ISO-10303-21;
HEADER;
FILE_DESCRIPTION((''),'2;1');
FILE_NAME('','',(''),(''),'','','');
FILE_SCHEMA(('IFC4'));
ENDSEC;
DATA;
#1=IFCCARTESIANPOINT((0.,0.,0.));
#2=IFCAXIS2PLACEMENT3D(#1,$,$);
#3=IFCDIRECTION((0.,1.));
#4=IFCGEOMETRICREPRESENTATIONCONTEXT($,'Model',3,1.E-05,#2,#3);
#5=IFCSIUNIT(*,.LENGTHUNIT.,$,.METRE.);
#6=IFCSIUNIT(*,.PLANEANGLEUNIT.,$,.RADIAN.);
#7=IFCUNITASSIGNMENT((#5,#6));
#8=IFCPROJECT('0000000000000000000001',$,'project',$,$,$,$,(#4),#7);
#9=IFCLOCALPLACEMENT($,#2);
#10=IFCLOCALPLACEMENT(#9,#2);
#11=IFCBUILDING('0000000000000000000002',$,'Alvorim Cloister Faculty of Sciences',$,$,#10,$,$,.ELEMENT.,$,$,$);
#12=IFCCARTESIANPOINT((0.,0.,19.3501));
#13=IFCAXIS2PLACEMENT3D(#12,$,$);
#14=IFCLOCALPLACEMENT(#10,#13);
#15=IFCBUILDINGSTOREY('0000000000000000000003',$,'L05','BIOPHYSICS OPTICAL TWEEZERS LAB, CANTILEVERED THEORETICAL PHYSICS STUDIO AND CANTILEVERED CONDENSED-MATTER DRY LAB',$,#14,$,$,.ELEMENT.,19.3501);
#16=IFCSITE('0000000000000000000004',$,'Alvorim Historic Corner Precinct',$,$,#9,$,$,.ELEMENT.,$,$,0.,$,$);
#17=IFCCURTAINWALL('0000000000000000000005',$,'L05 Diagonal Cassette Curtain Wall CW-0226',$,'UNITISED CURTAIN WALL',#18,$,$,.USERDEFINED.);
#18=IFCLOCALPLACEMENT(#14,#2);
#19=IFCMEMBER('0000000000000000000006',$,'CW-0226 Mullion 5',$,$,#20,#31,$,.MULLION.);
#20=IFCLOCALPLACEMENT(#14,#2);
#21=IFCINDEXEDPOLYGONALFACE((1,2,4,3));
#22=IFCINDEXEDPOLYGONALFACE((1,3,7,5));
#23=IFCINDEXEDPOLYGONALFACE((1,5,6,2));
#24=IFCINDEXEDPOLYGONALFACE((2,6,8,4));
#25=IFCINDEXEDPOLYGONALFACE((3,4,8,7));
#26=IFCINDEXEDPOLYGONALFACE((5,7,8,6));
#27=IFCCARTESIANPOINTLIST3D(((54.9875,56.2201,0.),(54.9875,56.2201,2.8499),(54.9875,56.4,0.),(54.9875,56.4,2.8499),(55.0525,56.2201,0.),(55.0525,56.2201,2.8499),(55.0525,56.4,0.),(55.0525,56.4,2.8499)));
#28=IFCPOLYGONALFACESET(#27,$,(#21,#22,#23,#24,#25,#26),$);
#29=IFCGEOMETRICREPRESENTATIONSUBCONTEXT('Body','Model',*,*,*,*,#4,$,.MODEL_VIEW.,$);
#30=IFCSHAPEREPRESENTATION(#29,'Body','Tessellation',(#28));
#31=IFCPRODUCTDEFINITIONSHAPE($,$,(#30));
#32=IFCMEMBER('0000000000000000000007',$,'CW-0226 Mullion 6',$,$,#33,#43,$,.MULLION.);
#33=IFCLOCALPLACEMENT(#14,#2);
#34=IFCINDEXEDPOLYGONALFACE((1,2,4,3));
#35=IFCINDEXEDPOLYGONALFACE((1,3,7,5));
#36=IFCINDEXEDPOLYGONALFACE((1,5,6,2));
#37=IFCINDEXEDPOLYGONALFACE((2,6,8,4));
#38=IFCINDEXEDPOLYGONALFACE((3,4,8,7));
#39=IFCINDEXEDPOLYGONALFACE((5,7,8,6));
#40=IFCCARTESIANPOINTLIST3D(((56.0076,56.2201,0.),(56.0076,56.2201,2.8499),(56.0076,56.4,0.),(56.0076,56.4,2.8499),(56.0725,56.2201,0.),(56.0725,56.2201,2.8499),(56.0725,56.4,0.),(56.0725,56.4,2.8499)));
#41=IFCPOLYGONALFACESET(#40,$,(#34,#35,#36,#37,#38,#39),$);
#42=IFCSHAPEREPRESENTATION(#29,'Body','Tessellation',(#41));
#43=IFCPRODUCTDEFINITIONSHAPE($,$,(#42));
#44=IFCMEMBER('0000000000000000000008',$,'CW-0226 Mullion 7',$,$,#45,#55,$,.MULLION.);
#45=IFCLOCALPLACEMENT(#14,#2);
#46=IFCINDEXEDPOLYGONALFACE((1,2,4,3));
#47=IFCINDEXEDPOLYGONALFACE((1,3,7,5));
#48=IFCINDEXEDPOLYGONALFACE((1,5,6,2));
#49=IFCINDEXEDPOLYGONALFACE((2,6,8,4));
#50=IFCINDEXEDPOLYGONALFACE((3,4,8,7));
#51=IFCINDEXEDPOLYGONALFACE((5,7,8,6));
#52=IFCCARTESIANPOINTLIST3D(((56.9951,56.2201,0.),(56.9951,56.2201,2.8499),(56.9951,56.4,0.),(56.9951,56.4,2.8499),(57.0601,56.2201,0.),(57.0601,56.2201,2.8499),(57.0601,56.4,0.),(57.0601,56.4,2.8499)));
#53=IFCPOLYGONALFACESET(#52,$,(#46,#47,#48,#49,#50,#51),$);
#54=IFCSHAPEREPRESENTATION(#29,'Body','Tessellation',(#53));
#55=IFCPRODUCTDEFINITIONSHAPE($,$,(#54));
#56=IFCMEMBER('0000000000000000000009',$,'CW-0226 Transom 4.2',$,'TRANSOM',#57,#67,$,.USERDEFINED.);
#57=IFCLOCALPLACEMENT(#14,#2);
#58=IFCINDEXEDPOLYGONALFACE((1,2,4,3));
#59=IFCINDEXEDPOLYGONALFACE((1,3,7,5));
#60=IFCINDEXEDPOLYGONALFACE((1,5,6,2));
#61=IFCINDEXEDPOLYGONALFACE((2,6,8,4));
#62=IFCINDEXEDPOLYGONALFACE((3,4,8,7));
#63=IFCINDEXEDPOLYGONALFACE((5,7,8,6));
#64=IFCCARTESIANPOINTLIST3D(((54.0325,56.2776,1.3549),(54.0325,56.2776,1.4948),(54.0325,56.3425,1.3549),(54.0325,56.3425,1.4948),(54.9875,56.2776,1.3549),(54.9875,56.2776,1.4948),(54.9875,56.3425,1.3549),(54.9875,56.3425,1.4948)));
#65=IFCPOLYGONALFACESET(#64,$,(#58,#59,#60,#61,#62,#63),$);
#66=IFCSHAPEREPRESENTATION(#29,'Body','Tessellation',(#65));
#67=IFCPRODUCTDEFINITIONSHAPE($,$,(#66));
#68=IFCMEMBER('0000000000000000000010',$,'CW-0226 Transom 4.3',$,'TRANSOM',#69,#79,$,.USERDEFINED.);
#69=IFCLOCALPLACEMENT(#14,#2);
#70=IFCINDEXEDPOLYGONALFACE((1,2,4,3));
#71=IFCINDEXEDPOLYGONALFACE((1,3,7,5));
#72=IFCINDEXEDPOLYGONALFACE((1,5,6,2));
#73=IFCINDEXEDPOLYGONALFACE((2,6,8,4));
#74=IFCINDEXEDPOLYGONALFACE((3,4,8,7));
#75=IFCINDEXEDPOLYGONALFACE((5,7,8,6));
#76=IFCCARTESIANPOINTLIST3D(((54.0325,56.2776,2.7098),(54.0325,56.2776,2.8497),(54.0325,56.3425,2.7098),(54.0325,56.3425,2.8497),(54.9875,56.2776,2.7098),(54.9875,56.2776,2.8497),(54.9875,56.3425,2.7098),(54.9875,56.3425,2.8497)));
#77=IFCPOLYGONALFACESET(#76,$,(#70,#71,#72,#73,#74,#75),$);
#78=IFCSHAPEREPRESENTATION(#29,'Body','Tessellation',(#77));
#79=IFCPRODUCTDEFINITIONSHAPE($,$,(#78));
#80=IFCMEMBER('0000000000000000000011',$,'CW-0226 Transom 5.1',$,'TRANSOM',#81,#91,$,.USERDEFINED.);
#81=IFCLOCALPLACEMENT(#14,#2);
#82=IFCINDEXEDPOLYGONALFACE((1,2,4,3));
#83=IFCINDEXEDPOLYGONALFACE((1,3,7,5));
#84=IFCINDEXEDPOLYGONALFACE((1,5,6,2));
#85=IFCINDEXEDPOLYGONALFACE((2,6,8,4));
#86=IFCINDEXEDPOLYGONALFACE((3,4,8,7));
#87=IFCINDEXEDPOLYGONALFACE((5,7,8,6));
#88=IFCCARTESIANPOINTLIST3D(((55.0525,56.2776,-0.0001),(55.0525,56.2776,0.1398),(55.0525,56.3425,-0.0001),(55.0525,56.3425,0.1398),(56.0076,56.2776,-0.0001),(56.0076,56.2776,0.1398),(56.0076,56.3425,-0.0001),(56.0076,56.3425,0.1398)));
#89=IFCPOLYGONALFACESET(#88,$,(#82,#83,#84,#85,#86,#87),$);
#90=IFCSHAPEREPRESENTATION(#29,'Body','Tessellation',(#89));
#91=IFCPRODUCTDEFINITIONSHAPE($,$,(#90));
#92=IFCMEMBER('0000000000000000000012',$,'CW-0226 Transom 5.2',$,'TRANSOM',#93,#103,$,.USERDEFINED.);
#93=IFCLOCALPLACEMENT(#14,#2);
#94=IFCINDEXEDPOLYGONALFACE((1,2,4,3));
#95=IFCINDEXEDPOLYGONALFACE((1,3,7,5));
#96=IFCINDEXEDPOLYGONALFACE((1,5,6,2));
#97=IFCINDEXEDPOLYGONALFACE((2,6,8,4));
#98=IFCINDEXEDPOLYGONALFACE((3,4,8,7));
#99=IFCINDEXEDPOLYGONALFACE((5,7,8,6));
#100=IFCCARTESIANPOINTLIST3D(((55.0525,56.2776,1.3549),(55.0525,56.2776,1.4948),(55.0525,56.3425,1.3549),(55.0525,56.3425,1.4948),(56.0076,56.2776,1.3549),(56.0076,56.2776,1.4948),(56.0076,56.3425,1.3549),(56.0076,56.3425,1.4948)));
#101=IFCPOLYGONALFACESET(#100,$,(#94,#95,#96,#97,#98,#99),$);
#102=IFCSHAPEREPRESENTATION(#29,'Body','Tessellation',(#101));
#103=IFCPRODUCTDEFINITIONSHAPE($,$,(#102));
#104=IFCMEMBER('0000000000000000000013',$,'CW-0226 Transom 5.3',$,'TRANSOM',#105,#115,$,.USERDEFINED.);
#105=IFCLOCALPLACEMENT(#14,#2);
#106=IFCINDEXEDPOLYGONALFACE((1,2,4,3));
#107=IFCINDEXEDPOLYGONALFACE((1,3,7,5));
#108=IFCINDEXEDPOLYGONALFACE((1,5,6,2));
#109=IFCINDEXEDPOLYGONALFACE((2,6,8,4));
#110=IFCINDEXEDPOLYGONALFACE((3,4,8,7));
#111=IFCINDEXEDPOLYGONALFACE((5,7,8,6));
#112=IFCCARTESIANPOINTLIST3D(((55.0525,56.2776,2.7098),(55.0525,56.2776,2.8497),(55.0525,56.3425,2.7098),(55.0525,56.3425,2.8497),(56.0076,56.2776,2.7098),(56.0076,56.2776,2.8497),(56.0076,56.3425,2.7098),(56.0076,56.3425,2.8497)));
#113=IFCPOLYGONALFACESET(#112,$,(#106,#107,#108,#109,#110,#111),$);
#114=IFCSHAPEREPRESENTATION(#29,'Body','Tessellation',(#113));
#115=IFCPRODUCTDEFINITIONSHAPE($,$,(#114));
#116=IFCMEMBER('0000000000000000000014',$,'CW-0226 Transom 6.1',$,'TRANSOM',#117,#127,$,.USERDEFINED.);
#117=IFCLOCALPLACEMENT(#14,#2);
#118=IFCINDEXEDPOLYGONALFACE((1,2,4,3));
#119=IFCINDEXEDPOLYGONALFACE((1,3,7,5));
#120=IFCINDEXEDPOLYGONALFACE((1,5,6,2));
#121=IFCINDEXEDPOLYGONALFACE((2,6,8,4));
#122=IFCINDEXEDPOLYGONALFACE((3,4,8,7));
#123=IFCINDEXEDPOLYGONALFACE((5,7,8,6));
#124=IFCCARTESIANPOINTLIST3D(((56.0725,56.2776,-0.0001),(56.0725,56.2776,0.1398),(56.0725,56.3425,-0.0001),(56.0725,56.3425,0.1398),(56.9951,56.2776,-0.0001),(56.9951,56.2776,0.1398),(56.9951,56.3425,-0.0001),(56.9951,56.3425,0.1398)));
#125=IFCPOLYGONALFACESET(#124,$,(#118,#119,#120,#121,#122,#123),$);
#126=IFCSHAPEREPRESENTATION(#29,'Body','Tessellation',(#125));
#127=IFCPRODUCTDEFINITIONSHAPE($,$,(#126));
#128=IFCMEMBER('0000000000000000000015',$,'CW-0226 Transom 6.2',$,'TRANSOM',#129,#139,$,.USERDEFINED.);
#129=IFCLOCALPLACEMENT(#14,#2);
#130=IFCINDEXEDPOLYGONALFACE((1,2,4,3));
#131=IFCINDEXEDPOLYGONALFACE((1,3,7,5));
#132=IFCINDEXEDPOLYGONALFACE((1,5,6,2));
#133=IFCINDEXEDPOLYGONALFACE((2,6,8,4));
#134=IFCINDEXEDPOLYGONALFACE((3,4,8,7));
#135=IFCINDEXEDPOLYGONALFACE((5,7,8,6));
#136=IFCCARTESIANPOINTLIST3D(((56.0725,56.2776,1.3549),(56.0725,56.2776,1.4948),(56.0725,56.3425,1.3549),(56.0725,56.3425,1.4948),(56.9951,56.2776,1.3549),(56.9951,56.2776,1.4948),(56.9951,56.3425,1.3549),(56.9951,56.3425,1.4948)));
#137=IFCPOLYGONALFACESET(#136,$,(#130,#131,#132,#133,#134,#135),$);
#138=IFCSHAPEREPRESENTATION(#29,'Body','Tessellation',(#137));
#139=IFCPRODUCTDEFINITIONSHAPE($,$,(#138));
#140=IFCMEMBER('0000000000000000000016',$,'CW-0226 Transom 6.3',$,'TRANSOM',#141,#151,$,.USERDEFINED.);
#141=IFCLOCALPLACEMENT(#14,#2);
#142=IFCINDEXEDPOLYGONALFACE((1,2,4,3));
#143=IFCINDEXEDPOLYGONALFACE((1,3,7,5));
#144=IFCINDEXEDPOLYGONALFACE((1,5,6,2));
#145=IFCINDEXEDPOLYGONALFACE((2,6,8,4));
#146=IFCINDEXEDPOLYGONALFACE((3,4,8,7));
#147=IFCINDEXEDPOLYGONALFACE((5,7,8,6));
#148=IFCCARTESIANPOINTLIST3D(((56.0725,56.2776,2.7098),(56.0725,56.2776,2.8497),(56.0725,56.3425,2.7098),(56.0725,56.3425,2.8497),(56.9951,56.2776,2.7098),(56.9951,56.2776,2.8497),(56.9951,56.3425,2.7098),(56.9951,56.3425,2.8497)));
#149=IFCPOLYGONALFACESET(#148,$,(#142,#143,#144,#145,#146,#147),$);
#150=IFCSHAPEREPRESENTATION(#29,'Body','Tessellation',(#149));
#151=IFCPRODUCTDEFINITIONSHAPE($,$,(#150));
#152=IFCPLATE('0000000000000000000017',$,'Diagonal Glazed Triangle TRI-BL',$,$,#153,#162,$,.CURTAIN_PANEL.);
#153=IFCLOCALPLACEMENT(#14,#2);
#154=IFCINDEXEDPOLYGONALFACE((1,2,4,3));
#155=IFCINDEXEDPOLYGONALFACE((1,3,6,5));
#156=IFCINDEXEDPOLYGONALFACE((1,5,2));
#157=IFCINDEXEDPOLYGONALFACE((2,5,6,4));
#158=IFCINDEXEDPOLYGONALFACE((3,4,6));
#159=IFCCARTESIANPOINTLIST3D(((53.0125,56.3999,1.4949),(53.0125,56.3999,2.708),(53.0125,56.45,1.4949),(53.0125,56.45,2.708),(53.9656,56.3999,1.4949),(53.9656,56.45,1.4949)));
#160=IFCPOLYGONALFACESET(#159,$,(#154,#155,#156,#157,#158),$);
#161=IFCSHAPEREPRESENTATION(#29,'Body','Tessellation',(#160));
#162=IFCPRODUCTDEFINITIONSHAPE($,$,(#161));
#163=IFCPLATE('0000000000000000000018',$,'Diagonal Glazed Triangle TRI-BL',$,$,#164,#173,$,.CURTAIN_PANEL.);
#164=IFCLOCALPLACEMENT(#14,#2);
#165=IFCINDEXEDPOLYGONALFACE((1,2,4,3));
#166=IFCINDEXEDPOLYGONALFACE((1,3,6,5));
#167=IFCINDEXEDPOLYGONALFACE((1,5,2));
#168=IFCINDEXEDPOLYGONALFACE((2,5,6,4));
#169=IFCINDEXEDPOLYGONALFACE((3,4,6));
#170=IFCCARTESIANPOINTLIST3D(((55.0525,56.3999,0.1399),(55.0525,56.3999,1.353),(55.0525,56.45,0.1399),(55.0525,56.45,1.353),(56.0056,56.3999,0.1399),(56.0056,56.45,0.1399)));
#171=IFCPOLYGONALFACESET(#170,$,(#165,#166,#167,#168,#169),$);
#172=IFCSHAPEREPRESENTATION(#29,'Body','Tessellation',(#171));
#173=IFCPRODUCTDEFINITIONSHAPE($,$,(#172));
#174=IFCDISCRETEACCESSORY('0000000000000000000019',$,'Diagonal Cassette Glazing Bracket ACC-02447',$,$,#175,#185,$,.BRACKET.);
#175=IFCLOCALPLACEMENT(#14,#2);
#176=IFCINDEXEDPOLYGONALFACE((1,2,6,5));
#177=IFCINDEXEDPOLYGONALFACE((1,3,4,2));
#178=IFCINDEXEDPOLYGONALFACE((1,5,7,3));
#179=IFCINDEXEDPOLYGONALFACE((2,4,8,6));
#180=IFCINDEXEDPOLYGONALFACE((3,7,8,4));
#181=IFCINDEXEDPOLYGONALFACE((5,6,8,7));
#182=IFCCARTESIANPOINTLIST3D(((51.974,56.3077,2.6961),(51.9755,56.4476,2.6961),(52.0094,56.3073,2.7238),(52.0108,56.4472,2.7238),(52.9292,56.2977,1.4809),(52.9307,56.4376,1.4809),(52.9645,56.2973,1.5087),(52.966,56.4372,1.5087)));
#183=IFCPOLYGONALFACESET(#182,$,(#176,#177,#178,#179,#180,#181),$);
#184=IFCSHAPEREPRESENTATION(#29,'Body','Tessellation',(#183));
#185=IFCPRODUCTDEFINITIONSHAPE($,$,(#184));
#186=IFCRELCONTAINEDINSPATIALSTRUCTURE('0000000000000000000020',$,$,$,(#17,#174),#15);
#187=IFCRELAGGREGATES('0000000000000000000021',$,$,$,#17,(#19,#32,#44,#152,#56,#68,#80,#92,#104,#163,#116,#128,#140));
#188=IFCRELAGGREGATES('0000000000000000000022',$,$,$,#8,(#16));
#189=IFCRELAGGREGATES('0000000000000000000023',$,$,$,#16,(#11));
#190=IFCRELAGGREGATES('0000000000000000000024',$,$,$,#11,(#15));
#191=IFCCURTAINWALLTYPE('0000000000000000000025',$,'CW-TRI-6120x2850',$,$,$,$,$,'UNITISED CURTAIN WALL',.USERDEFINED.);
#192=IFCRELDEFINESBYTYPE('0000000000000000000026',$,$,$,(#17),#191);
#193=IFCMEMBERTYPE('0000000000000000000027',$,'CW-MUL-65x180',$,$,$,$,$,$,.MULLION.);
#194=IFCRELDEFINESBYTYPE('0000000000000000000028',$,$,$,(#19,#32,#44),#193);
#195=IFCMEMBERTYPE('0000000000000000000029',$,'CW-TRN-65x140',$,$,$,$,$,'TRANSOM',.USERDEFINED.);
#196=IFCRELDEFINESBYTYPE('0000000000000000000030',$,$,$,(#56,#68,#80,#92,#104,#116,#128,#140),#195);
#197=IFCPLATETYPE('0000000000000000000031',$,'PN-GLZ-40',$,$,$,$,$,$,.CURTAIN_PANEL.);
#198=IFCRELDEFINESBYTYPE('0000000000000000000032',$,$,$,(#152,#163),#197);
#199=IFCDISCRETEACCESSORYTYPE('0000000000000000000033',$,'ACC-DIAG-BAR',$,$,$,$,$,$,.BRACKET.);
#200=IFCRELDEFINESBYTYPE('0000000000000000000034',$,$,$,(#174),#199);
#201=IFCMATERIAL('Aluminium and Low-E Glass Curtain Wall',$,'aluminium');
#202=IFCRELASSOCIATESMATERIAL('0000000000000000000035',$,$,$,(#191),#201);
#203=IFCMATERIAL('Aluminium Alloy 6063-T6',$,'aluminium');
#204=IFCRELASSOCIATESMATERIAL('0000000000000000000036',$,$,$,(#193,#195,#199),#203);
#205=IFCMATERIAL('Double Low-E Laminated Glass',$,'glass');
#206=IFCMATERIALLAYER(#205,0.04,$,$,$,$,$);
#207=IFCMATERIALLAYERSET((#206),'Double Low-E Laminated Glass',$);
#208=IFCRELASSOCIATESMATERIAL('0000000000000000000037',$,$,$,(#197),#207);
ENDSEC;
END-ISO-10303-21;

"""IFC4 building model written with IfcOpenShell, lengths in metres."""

from ifc_helpers import new_model, si_unit, direction, frame, origin, origin_2d, place, context, subcontext, project, spatial, polyline, rectangle, outline, extrude, material, layer, layer_set, material_profile, profile_set, type_object, element, aggregate, save


model = new_model("IFC4")

# Units and contexts
model_context = context("Model", 3, precision=1e-05, world=origin(), true_north=direction((0.0, 1.0)))
body_context = subcontext(model_context, "Body", "Model", "MODEL_VIEW")
ifc_project = project(units=[si_unit("LENGTHUNIT", "METRE"), si_unit("PLANEANGLEUNIT", "RADIAN")], contexts=[model_context])

# Site, building, storey
site_placement = place(None, origin())
site = spatial("IfcSite", under=ifc_project, at=site_placement, Name="Alvorim Historic Corner Precinct", CompositionType="ELEMENT", RefElevation=0.0)
building_placement = place(site_placement, origin())
building = spatial("IfcBuilding", under=site, at=building_placement, Name="Alvorim Cloister Faculty of Sciences", CompositionType="ELEMENT")
storey_placement = place(building_placement, frame((0.0, 0.0, 19.3501)))
storey = spatial("IfcBuildingStorey", under=building, at=storey_placement, Name="L05", Description="BIOPHYSICS OPTICAL TWEEZERS LAB, CANTILEVERED THEORETICAL PHYSICS STUDIO AND CANTILEVERED CONDENSED-MATTER DRY LAB", CompositionType="ELEMENT", Elevation=19.3501)

# Curtain wall, members, plates
ifc_material_1 = material(Name="Aluminium and Low-E Glass Curtain Wall", Category="aluminium")
curtain_wall_type = type_object("IfcCurtainWallType", Name="CW-TRI-6120x2850", ElementType="UNITISED CURTAIN WALL", PredefinedType="USERDEFINED", material=ifc_material_1)
curtain_wall_placement = place(storey_placement, origin())
curtain_wall = element("IfcCurtainWall", 1, at=curtain_wall_placement, inside=storey, type_object=curtain_wall_type, Name="L05 Diagonal Cassette Curtain Wall CW-0226", ObjectType="UNITISED CURTAIN WALL", PredefinedType="USERDEFINED")
ifc_material_2 = material(Name="Aluminium Alloy 6063-T6", Category="aluminium")
ifc_material_profile_1 = material_profile(ifc_material_2, rectangle(XDim=0.0649, YDim=0.1799, at=origin_2d()), Name="ALU-MUL-65x180")
ifc_profile_set_1 = profile_set([ifc_material_profile_1], Name="Aluminium Alloy 6063-T6")
member_type_1 = type_object("IfcMemberType", Name="CW-MUL-65x180", PredefinedType="MULLION", material=ifc_profile_set_1)
member_1_placement = place(storey_placement, frame((55.02, 56.3101, 0.0), z_axis=(0.0, 0.0, 1.0), x_axis=(1.0, 0.0, 0.0)))
member_1 = element("IfcMember", 2, at=member_1_placement, type_object=member_type_1, Name="CW-0226 Mullion 5", PredefinedType="MULLION", context=body_context, shape_type="SweptSolid", body=[
    extrude(rectangle(XDim=0.0649, YDim=0.1799, at=origin_2d()), origin(), (0.0, 0.0, 1.0), 2.8499),
])
member_2_placement = place(storey_placement, frame((56.04, 56.3101, 0.0), z_axis=(0.0, 0.0, 1.0), x_axis=(1.0, 0.0, 0.0)))
member_2 = element("IfcMember", 3, at=member_2_placement, type_object=member_type_1, Name="CW-0226 Mullion 6", PredefinedType="MULLION", context=body_context, shape_type="SweptSolid", body=[
    extrude(rectangle(XDim=0.0649, YDim=0.1799, at=origin_2d()), origin(), (0.0, 0.0, 1.0), 2.8499),
])
member_3_placement = place(storey_placement, frame((57.0276, 56.3101, 0.0), z_axis=(0.0, 0.0, 1.0), x_axis=(1.0, 0.0, 0.0)))
member_3 = element("IfcMember", 4, at=member_3_placement, type_object=member_type_1, Name="CW-0226 Mullion 7", PredefinedType="MULLION", context=body_context, shape_type="SweptSolid", body=[
    extrude(rectangle(XDim=0.0649, YDim=0.1799, at=origin_2d()), origin(), (0.0, 0.0, 1.0), 2.8499),
])
ifc_material_profile_2 = material_profile(ifc_material_2, rectangle(XDim=0.0649, YDim=0.1399, at=origin_2d()), Name="ALU-TRN-65x140")
ifc_profile_set_2 = profile_set([ifc_material_profile_2], Name="Aluminium Alloy 6063-T6")
member_type_2 = type_object("IfcMemberType", Name="CW-TRN-65x140", ElementType="TRANSOM", PredefinedType="USERDEFINED", material=ifc_profile_set_2)
member_4_placement = place(storey_placement, frame((54.0325, 56.3101, 1.4248), z_axis=(1.0, 0.0, 0.0), x_axis=(0.0, 1.0, 0.0)))
member_4 = element("IfcMember", 5, at=member_4_placement, type_object=member_type_2, Name="CW-0226 Transom 4.2", ObjectType="TRANSOM", PredefinedType="USERDEFINED", context=body_context, shape_type="SweptSolid", body=[
    extrude(rectangle(XDim=0.0649, YDim=0.1399, at=origin_2d()), origin(), (0.0, 0.0, 1.0), 0.9551),
])
member_5_placement = place(storey_placement, frame((54.0325, 56.3101, 2.7798), z_axis=(1.0, 0.0, 0.0), x_axis=(0.0, 1.0, 0.0)))
member_5 = element("IfcMember", 6, at=member_5_placement, type_object=member_type_2, Name="CW-0226 Transom 4.3", ObjectType="TRANSOM", PredefinedType="USERDEFINED", context=body_context, shape_type="SweptSolid", body=[
    extrude(rectangle(XDim=0.0649, YDim=0.1399, at=origin_2d()), origin(), (0.0, 0.0, 1.0), 0.9551),
])
member_6_placement = place(storey_placement, frame((55.0525, 56.3101, 0.0698), z_axis=(1.0, 0.0, 0.0), x_axis=(0.0, 1.0, 0.0)))
member_6 = element("IfcMember", 7, at=member_6_placement, type_object=member_type_2, Name="CW-0226 Transom 5.1", ObjectType="TRANSOM", PredefinedType="USERDEFINED", context=body_context, shape_type="SweptSolid", body=[
    extrude(rectangle(XDim=0.0649, YDim=0.1399, at=origin_2d()), origin(), (0.0, 0.0, 1.0), 0.9551),
])
member_7_placement = place(storey_placement, frame((55.0525, 56.3101, 1.4248), z_axis=(1.0, 0.0, 0.0), x_axis=(0.0, 1.0, 0.0)))
member_7 = element("IfcMember", 8, at=member_7_placement, type_object=member_type_2, Name="CW-0226 Transom 5.2", ObjectType="TRANSOM", PredefinedType="USERDEFINED", context=body_context, shape_type="SweptSolid", body=[
    extrude(rectangle(XDim=0.0649, YDim=0.1399, at=origin_2d()), origin(), (0.0, 0.0, 1.0), 0.9551),
])
member_8_placement = place(storey_placement, frame((55.0525, 56.3101, 2.7798), z_axis=(1.0, 0.0, 0.0), x_axis=(0.0, 1.0, 0.0)))
member_8 = element("IfcMember", 9, at=member_8_placement, type_object=member_type_2, Name="CW-0226 Transom 5.3", ObjectType="TRANSOM", PredefinedType="USERDEFINED", context=body_context, shape_type="SweptSolid", body=[
    extrude(rectangle(XDim=0.0649, YDim=0.1399, at=origin_2d()), origin(), (0.0, 0.0, 1.0), 0.9551),
])
member_9_placement = place(storey_placement, frame((56.0725, 56.3101, 0.0698), z_axis=(1.0, 0.0, 0.0), x_axis=(0.0, 1.0, 0.0)))
member_9 = element("IfcMember", 10, at=member_9_placement, type_object=member_type_2, Name="CW-0226 Transom 6.1", ObjectType="TRANSOM", PredefinedType="USERDEFINED", context=body_context, shape_type="SweptSolid", body=[
    extrude(rectangle(XDim=0.0649, YDim=0.1399, at=origin_2d()), origin(), (0.0, 0.0, 1.0), 0.9226),
])
member_10_placement = place(storey_placement, frame((56.0725, 56.3101, 1.4248), z_axis=(1.0, 0.0, 0.0), x_axis=(0.0, 1.0, 0.0)))
member_10 = element("IfcMember", 11, at=member_10_placement, type_object=member_type_2, Name="CW-0226 Transom 6.2", ObjectType="TRANSOM", PredefinedType="USERDEFINED", context=body_context, shape_type="SweptSolid", body=[
    extrude(rectangle(XDim=0.0649, YDim=0.1399, at=origin_2d()), origin(), (0.0, 0.0, 1.0), 0.9226),
])
member_11_placement = place(storey_placement, frame((56.0725, 56.3101, 2.7798), z_axis=(1.0, 0.0, 0.0), x_axis=(0.0, 1.0, 0.0)))
member_11 = element("IfcMember", 12, at=member_11_placement, type_object=member_type_2, Name="CW-0226 Transom 6.3", ObjectType="TRANSOM", PredefinedType="USERDEFINED", context=body_context, shape_type="SweptSolid", body=[
    extrude(rectangle(XDim=0.0649, YDim=0.1399, at=origin_2d()), origin(), (0.0, 0.0, 1.0), 0.9226),
])
ifc_material_3 = material(Name="Double Low-E Laminated Glass", Category="glass")
ifc_layer = layer(ifc_material_3, 0.04)
ifc_layer_set = layer_set([ifc_layer], Name="Double Low-E Laminated Glass")
plate_type = type_object("IfcPlateType", Name="PN-GLZ-40", PredefinedType="CURTAIN_PANEL", material=ifc_layer_set)
plate_1_placement = place(storey_placement, frame((53.0125, 56.425, 1.4949), z_axis=(0.0, 0.0, 1.0), x_axis=(1.0, 0.0, 0.0)))
plate_1 = element("IfcPlate", 13, at=plate_1_placement, type_object=plate_type, Name="Diagonal Glazed Triangle TRI-BL", PredefinedType="CURTAIN_PANEL", context=body_context, shape_type="SweptSolid", body=[
    extrude(outline(polyline([(0.0, 0.0), (0.9531, 0.0), (0.0, 1.2131), (0.0, 0.0)])), frame((0.0, 0.0249, 0.0), z_axis=(0.0, -1.0, 0.0), x_axis=(1.0, 0.0, 0.0)), (0.0, 0.0, 1.0), 0.05),
])
plate_2_placement = place(storey_placement, frame((55.0525, 56.425, 0.1399), z_axis=(0.0, 0.0, 1.0), x_axis=(1.0, 0.0, 0.0)))
plate_2 = element("IfcPlate", 14, at=plate_2_placement, type_object=plate_type, Name="Diagonal Glazed Triangle TRI-BL", PredefinedType="CURTAIN_PANEL", context=body_context, shape_type="SweptSolid", body=[
    extrude(outline(polyline([(0.0, 0.0), (0.9531, 0.0), (0.0, 1.2131), (0.0, 0.0)])), frame((0.0, 0.0249, 0.0), z_axis=(0.0, -1.0, 0.0), x_axis=(1.0, 0.0, 0.0)), (0.0, 0.0, 1.0), 0.05),
])
aggregate(curtain_wall, [member_1, member_2, member_3, plate_1, member_4, member_5, member_6, member_7, member_8, plate_2, member_9, member_10, member_11])

# Discrete accessory
discrete_accessory_type = type_object("IfcDiscreteAccessoryType", Name="ACC-DIAG-BAR", PredefinedType="BRACKET", material=ifc_material_2)
for number, where, z_axis, x_axis, name in (
    (15, (51.9924, 56.3774, 2.71), (0.617955, -0.006477, -0.786187), (0.01048, 0.999945, 0.0), "Diagonal Cassette Glazing Bracket ACC-02447"),
):
    element("IfcDiscreteAccessory", number, at=place(storey_placement, frame(where, z_axis=z_axis, x_axis=x_axis)), inside=storey, type_object=discrete_accessory_type, Name=name, PredefinedType="BRACKET", context=body_context, shape_type="SweptSolid", body=[
        extrude(rectangle(XDim=0.1399, YDim=0.0449, at=origin_2d()), origin(), (0.0, 0.0, 1.0), 1.5457),
    ])

save(model, "model.ifc")
